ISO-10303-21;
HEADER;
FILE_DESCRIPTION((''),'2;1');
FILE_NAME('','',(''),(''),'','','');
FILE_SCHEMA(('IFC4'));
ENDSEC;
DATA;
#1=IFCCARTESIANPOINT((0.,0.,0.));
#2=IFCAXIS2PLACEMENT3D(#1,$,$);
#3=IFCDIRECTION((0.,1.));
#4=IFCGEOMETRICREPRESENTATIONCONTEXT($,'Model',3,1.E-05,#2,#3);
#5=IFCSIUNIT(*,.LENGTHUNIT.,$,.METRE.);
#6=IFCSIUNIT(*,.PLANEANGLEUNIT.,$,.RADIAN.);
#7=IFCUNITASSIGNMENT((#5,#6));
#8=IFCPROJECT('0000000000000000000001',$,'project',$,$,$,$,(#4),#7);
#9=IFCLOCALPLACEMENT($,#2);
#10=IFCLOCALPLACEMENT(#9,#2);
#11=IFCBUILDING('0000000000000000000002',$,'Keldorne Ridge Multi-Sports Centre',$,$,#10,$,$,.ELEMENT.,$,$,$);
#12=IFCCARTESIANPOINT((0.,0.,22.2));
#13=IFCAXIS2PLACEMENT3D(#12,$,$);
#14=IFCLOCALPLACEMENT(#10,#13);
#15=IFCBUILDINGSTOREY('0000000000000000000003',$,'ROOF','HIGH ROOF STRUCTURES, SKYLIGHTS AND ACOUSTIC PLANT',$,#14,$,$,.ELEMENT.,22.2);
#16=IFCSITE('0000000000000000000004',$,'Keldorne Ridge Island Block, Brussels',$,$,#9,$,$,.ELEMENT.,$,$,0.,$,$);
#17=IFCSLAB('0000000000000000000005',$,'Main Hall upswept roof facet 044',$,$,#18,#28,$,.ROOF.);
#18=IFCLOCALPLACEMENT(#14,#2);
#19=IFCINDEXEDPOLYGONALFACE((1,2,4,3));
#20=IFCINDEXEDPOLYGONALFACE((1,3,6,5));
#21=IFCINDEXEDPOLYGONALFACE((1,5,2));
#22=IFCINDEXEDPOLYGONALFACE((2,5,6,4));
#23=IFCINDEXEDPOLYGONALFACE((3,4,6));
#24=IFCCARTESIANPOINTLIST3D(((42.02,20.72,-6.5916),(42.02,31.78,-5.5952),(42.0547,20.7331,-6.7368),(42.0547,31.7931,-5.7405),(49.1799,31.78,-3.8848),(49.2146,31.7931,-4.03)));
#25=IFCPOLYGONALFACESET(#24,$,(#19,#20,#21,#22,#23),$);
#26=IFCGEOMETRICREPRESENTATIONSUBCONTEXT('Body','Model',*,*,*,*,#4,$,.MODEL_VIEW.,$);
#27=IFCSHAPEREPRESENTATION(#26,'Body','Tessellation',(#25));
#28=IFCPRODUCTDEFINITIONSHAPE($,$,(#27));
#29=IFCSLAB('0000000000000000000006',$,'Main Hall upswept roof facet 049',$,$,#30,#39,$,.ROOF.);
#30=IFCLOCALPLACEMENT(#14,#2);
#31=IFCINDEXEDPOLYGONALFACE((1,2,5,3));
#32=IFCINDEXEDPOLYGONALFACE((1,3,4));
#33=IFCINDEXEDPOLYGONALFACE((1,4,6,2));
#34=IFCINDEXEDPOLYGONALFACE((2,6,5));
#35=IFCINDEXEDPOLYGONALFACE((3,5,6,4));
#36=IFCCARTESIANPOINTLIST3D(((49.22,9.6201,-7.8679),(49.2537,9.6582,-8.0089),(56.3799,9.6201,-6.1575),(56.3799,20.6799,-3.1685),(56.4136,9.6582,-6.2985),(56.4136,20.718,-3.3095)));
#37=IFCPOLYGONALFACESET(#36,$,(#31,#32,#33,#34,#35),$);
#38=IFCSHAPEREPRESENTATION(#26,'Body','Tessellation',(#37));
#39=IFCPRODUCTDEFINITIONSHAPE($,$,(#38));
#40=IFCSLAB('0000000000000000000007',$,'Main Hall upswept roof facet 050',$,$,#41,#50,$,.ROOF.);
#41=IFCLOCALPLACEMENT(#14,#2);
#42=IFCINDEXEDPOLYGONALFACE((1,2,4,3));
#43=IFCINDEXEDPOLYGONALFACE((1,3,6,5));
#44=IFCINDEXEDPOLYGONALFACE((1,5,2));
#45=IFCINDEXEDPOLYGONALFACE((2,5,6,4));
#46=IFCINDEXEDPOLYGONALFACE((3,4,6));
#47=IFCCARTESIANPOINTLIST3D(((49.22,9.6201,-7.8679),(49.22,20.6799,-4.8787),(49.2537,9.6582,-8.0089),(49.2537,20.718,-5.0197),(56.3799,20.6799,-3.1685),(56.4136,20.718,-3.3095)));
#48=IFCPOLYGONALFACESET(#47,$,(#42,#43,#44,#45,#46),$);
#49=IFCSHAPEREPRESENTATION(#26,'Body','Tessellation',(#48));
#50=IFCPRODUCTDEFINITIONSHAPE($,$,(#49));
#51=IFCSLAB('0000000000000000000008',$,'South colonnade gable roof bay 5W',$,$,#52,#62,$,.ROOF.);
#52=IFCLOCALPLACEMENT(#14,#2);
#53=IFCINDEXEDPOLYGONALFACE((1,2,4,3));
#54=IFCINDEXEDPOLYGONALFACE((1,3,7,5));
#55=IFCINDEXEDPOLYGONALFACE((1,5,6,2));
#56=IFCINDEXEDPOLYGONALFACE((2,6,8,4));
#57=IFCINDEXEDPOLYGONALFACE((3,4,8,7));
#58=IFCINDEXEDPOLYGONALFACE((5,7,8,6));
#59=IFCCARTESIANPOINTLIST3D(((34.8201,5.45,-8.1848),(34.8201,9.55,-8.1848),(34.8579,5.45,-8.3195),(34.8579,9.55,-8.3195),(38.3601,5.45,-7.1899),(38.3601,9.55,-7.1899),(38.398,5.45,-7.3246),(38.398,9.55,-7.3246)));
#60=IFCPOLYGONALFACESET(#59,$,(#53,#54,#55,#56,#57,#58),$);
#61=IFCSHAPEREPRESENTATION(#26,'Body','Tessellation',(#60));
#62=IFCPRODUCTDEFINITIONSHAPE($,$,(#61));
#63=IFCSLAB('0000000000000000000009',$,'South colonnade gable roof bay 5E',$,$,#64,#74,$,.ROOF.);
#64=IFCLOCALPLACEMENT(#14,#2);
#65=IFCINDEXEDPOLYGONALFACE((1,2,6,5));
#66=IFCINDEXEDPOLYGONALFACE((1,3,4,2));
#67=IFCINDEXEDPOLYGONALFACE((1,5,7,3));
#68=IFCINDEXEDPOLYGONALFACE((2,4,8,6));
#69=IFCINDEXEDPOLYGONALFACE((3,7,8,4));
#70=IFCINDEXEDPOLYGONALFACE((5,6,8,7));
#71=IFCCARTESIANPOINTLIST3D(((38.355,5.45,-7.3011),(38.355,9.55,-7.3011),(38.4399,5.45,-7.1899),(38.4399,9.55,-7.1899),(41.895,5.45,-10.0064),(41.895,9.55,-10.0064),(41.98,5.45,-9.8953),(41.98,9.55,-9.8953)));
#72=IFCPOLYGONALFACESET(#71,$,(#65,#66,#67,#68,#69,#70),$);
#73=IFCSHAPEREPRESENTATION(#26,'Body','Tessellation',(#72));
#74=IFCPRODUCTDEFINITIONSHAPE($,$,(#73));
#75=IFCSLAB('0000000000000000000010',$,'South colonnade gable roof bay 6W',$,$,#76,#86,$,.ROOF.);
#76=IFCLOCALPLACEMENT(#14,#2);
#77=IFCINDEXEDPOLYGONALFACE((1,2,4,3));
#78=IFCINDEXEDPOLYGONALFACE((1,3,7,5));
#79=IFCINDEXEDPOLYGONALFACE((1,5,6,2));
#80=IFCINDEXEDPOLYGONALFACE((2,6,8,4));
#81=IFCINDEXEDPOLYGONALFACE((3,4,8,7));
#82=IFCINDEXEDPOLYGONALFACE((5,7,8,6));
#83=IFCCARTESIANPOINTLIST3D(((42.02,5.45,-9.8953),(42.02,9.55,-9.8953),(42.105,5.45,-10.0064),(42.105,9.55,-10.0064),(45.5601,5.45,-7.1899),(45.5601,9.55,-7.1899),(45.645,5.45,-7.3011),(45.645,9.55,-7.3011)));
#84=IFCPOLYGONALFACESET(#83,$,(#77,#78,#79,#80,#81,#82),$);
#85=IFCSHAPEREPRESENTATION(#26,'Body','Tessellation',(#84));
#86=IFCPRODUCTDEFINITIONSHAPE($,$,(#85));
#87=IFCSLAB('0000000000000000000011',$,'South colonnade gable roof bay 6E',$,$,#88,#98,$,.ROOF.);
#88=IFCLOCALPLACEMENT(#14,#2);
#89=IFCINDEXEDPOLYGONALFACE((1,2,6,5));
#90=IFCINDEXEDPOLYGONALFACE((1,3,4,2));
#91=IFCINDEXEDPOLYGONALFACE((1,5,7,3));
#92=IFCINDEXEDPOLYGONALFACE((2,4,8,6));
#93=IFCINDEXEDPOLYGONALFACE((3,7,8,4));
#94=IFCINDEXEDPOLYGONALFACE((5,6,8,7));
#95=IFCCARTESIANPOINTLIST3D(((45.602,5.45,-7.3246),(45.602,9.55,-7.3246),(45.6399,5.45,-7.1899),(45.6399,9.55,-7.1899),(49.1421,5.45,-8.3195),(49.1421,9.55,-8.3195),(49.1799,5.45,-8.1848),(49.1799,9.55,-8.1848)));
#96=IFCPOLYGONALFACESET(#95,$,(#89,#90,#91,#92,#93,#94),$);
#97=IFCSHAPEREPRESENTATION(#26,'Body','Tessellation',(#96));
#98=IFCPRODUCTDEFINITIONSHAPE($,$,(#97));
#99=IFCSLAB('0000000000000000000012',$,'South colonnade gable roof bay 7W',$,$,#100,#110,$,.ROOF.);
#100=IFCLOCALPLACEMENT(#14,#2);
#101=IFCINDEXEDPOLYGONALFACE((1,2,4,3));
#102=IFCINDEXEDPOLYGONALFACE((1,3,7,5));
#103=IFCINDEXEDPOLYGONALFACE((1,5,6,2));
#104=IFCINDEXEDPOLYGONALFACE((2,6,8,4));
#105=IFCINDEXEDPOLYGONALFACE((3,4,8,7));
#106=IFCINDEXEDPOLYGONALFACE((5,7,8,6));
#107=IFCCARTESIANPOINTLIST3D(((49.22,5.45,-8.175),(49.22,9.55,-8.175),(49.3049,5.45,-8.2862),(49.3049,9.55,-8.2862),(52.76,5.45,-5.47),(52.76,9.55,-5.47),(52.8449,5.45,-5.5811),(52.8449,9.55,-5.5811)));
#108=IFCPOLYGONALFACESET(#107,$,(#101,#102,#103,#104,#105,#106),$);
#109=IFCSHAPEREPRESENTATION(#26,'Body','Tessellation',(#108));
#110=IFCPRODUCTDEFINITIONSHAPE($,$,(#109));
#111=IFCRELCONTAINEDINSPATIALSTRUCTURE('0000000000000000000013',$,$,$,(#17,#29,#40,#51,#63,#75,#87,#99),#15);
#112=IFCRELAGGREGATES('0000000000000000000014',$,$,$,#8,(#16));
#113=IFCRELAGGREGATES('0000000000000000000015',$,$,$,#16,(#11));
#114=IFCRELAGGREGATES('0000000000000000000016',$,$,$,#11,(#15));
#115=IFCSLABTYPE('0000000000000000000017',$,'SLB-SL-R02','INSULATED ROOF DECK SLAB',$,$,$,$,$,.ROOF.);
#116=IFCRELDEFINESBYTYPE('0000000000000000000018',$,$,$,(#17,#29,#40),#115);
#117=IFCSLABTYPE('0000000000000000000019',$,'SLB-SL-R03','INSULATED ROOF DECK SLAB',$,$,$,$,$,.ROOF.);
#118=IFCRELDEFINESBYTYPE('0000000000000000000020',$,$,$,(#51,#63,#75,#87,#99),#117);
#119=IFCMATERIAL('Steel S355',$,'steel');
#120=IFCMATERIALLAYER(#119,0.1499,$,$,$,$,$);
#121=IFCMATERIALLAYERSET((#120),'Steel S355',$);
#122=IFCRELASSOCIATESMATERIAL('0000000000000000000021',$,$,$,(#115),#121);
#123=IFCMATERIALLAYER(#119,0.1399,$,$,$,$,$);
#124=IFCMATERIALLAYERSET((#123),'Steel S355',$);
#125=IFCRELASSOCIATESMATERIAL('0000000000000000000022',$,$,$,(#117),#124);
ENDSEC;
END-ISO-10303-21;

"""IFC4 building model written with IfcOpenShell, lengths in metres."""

from ifc_helpers import new_model, si_unit, direction, frame, origin, place, context, subcontext, project, spatial, polyline, outline, extrude, material, layer, layer_set, type_object, element, save


model = new_model("IFC4")

# Units and contexts
model_context = context("Model", 3, precision=1e-05, world=origin(), true_north=direction((0.0, 1.0)))
body_context = subcontext(model_context, "Body", "Model", "MODEL_VIEW")
ifc_project = project(units=[si_unit("LENGTHUNIT", "METRE"), si_unit("PLANEANGLEUNIT", "RADIAN")], contexts=[model_context])

# Site, building, storey
site_placement = place(None, origin())
site = spatial("IfcSite", under=ifc_project, at=site_placement, Name="Keldorne Ridge Island Block, Brussels", CompositionType="ELEMENT", RefElevation=0.0)
building_placement = place(site_placement, origin())
building = spatial("IfcBuilding", under=site, at=building_placement, Name="Keldorne Ridge Multi-Sports Centre", CompositionType="ELEMENT")
storey_placement = place(building_placement, frame((0.0, 0.0, 22.2)))
storey = spatial("IfcBuildingStorey", under=building, at=storey_placement, Name="ROOF", Description="HIGH ROOF STRUCTURES, SKYLIGHTS AND ACOUSTIC PLANT", CompositionType="ELEMENT", Elevation=22.2)

# Shared definitions
ifc_material = material(Name="Steel S355", Category="steel")

# Slabs
ifc_layer_1 = layer(ifc_material, 0.1499)
ifc_layer_set_1 = layer_set([ifc_layer_1], Name="Steel S355")
slab_type_1 = type_object("IfcSlabType", Name="SLB-SL-R02", Description="INSULATED ROOF DECK SLAB", PredefinedType="ROOF", material=ifc_layer_set_1)
slab_1_placement = place(storey_placement, frame((42.02, 20.72, -6.5916), z_axis=(-0.231467, -0.087284, 0.968919), x_axis=(0.532316, 0.822279, 0.201241)))
element("IfcSlab", 1, at=slab_1_placement, inside=storey, type_object=slab_type_1, Name="Main Hall upswept roof facet 044", PredefinedType="ROOF", context=body_context, shape_type="SweptSolid", body=[
    extrude(outline(polyline([(0.0, 0.0), (13.4505, 0.0), (9.295, 6.0763), (0.0, 0.0)])), origin(), (0.0, 0.0, -1.0), 0.1499),
])
slab_2_placement = place(storey_placement, frame((49.22, 9.6201, -7.8679), z_axis=(-0.22472, -0.254226, 0.940675), x_axis=(0.972631, 0.0, 0.232354)))
element("IfcSlab", 2, at=slab_2_placement, inside=storey, type_object=slab_type_1, Name="Main Hall upswept roof facet 049", PredefinedType="ROOF", context=body_context, shape_type="SweptSolid", body=[
    extrude(outline(polyline([(0.0, 0.0), (7.3614, 0.0), (8.0559, 11.4355), (0.0, 0.0)])), origin(), (0.0, 0.0, -1.0), 0.1499),
])
slab_3_placement = place(storey_placement, frame((49.22, 9.6201, -7.8679), z_axis=(-0.224689, -0.254247, 0.940677), x_axis=(0.511855, 0.790655, 0.33596)))
element("IfcSlab", 3, at=slab_3_placement, inside=storey, type_object=slab_type_1, Name="Main Hall upswept roof facet 050", PredefinedType="ROOF", context=body_context, shape_type="SweptSolid", body=[
    extrude(outline(polyline([(0.0, 0.0), (13.9882, 0.0), (9.7488, 6.018), (0.0, 0.0)])), origin(), (0.0, 0.0, -1.0), 0.1499),
])
ifc_layer_2 = layer(ifc_material, 0.1399)
ifc_layer_set_2 = layer_set([ifc_layer_2], Name="Steel S355")
slab_type_2 = type_object("IfcSlabType", Name="SLB-SL-R03", Description="INSULATED ROOF DECK SLAB", PredefinedType="ROOF", material=ifc_layer_set_2)
slab_4_placement = place(storey_placement, frame((34.8201, 5.45, -8.1848), z_axis=(-0.270553, 0.0, 0.962705), x_axis=(0.962705, 0.0, 0.270553)))
element("IfcSlab", 4, at=slab_4_placement, inside=storey, type_object=slab_type_2, Name="South colonnade gable roof bay 5W", PredefinedType="ROOF", context=body_context, shape_type="SweptSolid", body=[
    extrude(outline(polyline([(0.0, 0.0), (3.6772, 0.0), (3.6772, 4.1001), (0.0, 4.1001), (0.0, 0.0)])), origin(), (0.0, 0.0, -1.0), 0.1399),
])
for number, where, z_axis, x_axis, name in (
    (5, (38.4399, 5.45, -7.1899), (0.6072, 0.0, 0.794549), (0.794549, 0.0, -0.6072), "South colonnade gable roof bay 5E"),
    (6, (42.02, 5.45, -9.8953), (-0.6072, 0.0, 0.794549), (0.794549, 0.0, 0.6072), "South colonnade gable roof bay 6W"),
):
    element("IfcSlab", number, at=place(storey_placement, frame(where, z_axis=z_axis, x_axis=x_axis)), inside=storey, type_object=slab_type_2, Name=name, PredefinedType="ROOF", context=body_context, shape_type="SweptSolid", body=[
        extrude(outline(polyline([(0.0, 0.0), (4.4554, 0.0), (4.4554, 4.1001), (0.0, 4.1001), (0.0, 0.0)])), origin(), (0.0, 0.0, -1.0), 0.1399),
    ])
slab_5_placement = place(storey_placement, frame((45.6399, 5.45, -7.1899), z_axis=(0.270553, 0.0, 0.962705), x_axis=(0.962705, 0.0, -0.270553)))
element("IfcSlab", 7, at=slab_5_placement, inside=storey, type_object=slab_type_2, Name="South colonnade gable roof bay 6E", PredefinedType="ROOF", context=body_context, shape_type="SweptSolid", body=[
    extrude(outline(polyline([(0.0, 0.0), (3.6772, 0.0), (3.6772, 4.1001), (0.0, 4.1001), (0.0, 0.0)])), origin(), (0.0, 0.0, -1.0), 0.1399),
])
slab_6_placement = place(storey_placement, frame((49.22, 5.45, -8.175), z_axis=(-0.607165, 0.0, 0.794576), x_axis=(0.794576, 0.0, 0.607165)))
element("IfcSlab", 8, at=slab_6_placement, inside=storey, type_object=slab_type_2, Name="South colonnade gable roof bay 7W", PredefinedType="ROOF", context=body_context, shape_type="SweptSolid", body=[
    extrude(outline(polyline([(0.0, 0.0), (4.4553, 0.0), (4.4553, 4.1001), (0.0, 4.1001), (0.0, 0.0)])), origin(), (0.0, 0.0, -1.0), 0.1399),
])

save(model, "model.ifc")
